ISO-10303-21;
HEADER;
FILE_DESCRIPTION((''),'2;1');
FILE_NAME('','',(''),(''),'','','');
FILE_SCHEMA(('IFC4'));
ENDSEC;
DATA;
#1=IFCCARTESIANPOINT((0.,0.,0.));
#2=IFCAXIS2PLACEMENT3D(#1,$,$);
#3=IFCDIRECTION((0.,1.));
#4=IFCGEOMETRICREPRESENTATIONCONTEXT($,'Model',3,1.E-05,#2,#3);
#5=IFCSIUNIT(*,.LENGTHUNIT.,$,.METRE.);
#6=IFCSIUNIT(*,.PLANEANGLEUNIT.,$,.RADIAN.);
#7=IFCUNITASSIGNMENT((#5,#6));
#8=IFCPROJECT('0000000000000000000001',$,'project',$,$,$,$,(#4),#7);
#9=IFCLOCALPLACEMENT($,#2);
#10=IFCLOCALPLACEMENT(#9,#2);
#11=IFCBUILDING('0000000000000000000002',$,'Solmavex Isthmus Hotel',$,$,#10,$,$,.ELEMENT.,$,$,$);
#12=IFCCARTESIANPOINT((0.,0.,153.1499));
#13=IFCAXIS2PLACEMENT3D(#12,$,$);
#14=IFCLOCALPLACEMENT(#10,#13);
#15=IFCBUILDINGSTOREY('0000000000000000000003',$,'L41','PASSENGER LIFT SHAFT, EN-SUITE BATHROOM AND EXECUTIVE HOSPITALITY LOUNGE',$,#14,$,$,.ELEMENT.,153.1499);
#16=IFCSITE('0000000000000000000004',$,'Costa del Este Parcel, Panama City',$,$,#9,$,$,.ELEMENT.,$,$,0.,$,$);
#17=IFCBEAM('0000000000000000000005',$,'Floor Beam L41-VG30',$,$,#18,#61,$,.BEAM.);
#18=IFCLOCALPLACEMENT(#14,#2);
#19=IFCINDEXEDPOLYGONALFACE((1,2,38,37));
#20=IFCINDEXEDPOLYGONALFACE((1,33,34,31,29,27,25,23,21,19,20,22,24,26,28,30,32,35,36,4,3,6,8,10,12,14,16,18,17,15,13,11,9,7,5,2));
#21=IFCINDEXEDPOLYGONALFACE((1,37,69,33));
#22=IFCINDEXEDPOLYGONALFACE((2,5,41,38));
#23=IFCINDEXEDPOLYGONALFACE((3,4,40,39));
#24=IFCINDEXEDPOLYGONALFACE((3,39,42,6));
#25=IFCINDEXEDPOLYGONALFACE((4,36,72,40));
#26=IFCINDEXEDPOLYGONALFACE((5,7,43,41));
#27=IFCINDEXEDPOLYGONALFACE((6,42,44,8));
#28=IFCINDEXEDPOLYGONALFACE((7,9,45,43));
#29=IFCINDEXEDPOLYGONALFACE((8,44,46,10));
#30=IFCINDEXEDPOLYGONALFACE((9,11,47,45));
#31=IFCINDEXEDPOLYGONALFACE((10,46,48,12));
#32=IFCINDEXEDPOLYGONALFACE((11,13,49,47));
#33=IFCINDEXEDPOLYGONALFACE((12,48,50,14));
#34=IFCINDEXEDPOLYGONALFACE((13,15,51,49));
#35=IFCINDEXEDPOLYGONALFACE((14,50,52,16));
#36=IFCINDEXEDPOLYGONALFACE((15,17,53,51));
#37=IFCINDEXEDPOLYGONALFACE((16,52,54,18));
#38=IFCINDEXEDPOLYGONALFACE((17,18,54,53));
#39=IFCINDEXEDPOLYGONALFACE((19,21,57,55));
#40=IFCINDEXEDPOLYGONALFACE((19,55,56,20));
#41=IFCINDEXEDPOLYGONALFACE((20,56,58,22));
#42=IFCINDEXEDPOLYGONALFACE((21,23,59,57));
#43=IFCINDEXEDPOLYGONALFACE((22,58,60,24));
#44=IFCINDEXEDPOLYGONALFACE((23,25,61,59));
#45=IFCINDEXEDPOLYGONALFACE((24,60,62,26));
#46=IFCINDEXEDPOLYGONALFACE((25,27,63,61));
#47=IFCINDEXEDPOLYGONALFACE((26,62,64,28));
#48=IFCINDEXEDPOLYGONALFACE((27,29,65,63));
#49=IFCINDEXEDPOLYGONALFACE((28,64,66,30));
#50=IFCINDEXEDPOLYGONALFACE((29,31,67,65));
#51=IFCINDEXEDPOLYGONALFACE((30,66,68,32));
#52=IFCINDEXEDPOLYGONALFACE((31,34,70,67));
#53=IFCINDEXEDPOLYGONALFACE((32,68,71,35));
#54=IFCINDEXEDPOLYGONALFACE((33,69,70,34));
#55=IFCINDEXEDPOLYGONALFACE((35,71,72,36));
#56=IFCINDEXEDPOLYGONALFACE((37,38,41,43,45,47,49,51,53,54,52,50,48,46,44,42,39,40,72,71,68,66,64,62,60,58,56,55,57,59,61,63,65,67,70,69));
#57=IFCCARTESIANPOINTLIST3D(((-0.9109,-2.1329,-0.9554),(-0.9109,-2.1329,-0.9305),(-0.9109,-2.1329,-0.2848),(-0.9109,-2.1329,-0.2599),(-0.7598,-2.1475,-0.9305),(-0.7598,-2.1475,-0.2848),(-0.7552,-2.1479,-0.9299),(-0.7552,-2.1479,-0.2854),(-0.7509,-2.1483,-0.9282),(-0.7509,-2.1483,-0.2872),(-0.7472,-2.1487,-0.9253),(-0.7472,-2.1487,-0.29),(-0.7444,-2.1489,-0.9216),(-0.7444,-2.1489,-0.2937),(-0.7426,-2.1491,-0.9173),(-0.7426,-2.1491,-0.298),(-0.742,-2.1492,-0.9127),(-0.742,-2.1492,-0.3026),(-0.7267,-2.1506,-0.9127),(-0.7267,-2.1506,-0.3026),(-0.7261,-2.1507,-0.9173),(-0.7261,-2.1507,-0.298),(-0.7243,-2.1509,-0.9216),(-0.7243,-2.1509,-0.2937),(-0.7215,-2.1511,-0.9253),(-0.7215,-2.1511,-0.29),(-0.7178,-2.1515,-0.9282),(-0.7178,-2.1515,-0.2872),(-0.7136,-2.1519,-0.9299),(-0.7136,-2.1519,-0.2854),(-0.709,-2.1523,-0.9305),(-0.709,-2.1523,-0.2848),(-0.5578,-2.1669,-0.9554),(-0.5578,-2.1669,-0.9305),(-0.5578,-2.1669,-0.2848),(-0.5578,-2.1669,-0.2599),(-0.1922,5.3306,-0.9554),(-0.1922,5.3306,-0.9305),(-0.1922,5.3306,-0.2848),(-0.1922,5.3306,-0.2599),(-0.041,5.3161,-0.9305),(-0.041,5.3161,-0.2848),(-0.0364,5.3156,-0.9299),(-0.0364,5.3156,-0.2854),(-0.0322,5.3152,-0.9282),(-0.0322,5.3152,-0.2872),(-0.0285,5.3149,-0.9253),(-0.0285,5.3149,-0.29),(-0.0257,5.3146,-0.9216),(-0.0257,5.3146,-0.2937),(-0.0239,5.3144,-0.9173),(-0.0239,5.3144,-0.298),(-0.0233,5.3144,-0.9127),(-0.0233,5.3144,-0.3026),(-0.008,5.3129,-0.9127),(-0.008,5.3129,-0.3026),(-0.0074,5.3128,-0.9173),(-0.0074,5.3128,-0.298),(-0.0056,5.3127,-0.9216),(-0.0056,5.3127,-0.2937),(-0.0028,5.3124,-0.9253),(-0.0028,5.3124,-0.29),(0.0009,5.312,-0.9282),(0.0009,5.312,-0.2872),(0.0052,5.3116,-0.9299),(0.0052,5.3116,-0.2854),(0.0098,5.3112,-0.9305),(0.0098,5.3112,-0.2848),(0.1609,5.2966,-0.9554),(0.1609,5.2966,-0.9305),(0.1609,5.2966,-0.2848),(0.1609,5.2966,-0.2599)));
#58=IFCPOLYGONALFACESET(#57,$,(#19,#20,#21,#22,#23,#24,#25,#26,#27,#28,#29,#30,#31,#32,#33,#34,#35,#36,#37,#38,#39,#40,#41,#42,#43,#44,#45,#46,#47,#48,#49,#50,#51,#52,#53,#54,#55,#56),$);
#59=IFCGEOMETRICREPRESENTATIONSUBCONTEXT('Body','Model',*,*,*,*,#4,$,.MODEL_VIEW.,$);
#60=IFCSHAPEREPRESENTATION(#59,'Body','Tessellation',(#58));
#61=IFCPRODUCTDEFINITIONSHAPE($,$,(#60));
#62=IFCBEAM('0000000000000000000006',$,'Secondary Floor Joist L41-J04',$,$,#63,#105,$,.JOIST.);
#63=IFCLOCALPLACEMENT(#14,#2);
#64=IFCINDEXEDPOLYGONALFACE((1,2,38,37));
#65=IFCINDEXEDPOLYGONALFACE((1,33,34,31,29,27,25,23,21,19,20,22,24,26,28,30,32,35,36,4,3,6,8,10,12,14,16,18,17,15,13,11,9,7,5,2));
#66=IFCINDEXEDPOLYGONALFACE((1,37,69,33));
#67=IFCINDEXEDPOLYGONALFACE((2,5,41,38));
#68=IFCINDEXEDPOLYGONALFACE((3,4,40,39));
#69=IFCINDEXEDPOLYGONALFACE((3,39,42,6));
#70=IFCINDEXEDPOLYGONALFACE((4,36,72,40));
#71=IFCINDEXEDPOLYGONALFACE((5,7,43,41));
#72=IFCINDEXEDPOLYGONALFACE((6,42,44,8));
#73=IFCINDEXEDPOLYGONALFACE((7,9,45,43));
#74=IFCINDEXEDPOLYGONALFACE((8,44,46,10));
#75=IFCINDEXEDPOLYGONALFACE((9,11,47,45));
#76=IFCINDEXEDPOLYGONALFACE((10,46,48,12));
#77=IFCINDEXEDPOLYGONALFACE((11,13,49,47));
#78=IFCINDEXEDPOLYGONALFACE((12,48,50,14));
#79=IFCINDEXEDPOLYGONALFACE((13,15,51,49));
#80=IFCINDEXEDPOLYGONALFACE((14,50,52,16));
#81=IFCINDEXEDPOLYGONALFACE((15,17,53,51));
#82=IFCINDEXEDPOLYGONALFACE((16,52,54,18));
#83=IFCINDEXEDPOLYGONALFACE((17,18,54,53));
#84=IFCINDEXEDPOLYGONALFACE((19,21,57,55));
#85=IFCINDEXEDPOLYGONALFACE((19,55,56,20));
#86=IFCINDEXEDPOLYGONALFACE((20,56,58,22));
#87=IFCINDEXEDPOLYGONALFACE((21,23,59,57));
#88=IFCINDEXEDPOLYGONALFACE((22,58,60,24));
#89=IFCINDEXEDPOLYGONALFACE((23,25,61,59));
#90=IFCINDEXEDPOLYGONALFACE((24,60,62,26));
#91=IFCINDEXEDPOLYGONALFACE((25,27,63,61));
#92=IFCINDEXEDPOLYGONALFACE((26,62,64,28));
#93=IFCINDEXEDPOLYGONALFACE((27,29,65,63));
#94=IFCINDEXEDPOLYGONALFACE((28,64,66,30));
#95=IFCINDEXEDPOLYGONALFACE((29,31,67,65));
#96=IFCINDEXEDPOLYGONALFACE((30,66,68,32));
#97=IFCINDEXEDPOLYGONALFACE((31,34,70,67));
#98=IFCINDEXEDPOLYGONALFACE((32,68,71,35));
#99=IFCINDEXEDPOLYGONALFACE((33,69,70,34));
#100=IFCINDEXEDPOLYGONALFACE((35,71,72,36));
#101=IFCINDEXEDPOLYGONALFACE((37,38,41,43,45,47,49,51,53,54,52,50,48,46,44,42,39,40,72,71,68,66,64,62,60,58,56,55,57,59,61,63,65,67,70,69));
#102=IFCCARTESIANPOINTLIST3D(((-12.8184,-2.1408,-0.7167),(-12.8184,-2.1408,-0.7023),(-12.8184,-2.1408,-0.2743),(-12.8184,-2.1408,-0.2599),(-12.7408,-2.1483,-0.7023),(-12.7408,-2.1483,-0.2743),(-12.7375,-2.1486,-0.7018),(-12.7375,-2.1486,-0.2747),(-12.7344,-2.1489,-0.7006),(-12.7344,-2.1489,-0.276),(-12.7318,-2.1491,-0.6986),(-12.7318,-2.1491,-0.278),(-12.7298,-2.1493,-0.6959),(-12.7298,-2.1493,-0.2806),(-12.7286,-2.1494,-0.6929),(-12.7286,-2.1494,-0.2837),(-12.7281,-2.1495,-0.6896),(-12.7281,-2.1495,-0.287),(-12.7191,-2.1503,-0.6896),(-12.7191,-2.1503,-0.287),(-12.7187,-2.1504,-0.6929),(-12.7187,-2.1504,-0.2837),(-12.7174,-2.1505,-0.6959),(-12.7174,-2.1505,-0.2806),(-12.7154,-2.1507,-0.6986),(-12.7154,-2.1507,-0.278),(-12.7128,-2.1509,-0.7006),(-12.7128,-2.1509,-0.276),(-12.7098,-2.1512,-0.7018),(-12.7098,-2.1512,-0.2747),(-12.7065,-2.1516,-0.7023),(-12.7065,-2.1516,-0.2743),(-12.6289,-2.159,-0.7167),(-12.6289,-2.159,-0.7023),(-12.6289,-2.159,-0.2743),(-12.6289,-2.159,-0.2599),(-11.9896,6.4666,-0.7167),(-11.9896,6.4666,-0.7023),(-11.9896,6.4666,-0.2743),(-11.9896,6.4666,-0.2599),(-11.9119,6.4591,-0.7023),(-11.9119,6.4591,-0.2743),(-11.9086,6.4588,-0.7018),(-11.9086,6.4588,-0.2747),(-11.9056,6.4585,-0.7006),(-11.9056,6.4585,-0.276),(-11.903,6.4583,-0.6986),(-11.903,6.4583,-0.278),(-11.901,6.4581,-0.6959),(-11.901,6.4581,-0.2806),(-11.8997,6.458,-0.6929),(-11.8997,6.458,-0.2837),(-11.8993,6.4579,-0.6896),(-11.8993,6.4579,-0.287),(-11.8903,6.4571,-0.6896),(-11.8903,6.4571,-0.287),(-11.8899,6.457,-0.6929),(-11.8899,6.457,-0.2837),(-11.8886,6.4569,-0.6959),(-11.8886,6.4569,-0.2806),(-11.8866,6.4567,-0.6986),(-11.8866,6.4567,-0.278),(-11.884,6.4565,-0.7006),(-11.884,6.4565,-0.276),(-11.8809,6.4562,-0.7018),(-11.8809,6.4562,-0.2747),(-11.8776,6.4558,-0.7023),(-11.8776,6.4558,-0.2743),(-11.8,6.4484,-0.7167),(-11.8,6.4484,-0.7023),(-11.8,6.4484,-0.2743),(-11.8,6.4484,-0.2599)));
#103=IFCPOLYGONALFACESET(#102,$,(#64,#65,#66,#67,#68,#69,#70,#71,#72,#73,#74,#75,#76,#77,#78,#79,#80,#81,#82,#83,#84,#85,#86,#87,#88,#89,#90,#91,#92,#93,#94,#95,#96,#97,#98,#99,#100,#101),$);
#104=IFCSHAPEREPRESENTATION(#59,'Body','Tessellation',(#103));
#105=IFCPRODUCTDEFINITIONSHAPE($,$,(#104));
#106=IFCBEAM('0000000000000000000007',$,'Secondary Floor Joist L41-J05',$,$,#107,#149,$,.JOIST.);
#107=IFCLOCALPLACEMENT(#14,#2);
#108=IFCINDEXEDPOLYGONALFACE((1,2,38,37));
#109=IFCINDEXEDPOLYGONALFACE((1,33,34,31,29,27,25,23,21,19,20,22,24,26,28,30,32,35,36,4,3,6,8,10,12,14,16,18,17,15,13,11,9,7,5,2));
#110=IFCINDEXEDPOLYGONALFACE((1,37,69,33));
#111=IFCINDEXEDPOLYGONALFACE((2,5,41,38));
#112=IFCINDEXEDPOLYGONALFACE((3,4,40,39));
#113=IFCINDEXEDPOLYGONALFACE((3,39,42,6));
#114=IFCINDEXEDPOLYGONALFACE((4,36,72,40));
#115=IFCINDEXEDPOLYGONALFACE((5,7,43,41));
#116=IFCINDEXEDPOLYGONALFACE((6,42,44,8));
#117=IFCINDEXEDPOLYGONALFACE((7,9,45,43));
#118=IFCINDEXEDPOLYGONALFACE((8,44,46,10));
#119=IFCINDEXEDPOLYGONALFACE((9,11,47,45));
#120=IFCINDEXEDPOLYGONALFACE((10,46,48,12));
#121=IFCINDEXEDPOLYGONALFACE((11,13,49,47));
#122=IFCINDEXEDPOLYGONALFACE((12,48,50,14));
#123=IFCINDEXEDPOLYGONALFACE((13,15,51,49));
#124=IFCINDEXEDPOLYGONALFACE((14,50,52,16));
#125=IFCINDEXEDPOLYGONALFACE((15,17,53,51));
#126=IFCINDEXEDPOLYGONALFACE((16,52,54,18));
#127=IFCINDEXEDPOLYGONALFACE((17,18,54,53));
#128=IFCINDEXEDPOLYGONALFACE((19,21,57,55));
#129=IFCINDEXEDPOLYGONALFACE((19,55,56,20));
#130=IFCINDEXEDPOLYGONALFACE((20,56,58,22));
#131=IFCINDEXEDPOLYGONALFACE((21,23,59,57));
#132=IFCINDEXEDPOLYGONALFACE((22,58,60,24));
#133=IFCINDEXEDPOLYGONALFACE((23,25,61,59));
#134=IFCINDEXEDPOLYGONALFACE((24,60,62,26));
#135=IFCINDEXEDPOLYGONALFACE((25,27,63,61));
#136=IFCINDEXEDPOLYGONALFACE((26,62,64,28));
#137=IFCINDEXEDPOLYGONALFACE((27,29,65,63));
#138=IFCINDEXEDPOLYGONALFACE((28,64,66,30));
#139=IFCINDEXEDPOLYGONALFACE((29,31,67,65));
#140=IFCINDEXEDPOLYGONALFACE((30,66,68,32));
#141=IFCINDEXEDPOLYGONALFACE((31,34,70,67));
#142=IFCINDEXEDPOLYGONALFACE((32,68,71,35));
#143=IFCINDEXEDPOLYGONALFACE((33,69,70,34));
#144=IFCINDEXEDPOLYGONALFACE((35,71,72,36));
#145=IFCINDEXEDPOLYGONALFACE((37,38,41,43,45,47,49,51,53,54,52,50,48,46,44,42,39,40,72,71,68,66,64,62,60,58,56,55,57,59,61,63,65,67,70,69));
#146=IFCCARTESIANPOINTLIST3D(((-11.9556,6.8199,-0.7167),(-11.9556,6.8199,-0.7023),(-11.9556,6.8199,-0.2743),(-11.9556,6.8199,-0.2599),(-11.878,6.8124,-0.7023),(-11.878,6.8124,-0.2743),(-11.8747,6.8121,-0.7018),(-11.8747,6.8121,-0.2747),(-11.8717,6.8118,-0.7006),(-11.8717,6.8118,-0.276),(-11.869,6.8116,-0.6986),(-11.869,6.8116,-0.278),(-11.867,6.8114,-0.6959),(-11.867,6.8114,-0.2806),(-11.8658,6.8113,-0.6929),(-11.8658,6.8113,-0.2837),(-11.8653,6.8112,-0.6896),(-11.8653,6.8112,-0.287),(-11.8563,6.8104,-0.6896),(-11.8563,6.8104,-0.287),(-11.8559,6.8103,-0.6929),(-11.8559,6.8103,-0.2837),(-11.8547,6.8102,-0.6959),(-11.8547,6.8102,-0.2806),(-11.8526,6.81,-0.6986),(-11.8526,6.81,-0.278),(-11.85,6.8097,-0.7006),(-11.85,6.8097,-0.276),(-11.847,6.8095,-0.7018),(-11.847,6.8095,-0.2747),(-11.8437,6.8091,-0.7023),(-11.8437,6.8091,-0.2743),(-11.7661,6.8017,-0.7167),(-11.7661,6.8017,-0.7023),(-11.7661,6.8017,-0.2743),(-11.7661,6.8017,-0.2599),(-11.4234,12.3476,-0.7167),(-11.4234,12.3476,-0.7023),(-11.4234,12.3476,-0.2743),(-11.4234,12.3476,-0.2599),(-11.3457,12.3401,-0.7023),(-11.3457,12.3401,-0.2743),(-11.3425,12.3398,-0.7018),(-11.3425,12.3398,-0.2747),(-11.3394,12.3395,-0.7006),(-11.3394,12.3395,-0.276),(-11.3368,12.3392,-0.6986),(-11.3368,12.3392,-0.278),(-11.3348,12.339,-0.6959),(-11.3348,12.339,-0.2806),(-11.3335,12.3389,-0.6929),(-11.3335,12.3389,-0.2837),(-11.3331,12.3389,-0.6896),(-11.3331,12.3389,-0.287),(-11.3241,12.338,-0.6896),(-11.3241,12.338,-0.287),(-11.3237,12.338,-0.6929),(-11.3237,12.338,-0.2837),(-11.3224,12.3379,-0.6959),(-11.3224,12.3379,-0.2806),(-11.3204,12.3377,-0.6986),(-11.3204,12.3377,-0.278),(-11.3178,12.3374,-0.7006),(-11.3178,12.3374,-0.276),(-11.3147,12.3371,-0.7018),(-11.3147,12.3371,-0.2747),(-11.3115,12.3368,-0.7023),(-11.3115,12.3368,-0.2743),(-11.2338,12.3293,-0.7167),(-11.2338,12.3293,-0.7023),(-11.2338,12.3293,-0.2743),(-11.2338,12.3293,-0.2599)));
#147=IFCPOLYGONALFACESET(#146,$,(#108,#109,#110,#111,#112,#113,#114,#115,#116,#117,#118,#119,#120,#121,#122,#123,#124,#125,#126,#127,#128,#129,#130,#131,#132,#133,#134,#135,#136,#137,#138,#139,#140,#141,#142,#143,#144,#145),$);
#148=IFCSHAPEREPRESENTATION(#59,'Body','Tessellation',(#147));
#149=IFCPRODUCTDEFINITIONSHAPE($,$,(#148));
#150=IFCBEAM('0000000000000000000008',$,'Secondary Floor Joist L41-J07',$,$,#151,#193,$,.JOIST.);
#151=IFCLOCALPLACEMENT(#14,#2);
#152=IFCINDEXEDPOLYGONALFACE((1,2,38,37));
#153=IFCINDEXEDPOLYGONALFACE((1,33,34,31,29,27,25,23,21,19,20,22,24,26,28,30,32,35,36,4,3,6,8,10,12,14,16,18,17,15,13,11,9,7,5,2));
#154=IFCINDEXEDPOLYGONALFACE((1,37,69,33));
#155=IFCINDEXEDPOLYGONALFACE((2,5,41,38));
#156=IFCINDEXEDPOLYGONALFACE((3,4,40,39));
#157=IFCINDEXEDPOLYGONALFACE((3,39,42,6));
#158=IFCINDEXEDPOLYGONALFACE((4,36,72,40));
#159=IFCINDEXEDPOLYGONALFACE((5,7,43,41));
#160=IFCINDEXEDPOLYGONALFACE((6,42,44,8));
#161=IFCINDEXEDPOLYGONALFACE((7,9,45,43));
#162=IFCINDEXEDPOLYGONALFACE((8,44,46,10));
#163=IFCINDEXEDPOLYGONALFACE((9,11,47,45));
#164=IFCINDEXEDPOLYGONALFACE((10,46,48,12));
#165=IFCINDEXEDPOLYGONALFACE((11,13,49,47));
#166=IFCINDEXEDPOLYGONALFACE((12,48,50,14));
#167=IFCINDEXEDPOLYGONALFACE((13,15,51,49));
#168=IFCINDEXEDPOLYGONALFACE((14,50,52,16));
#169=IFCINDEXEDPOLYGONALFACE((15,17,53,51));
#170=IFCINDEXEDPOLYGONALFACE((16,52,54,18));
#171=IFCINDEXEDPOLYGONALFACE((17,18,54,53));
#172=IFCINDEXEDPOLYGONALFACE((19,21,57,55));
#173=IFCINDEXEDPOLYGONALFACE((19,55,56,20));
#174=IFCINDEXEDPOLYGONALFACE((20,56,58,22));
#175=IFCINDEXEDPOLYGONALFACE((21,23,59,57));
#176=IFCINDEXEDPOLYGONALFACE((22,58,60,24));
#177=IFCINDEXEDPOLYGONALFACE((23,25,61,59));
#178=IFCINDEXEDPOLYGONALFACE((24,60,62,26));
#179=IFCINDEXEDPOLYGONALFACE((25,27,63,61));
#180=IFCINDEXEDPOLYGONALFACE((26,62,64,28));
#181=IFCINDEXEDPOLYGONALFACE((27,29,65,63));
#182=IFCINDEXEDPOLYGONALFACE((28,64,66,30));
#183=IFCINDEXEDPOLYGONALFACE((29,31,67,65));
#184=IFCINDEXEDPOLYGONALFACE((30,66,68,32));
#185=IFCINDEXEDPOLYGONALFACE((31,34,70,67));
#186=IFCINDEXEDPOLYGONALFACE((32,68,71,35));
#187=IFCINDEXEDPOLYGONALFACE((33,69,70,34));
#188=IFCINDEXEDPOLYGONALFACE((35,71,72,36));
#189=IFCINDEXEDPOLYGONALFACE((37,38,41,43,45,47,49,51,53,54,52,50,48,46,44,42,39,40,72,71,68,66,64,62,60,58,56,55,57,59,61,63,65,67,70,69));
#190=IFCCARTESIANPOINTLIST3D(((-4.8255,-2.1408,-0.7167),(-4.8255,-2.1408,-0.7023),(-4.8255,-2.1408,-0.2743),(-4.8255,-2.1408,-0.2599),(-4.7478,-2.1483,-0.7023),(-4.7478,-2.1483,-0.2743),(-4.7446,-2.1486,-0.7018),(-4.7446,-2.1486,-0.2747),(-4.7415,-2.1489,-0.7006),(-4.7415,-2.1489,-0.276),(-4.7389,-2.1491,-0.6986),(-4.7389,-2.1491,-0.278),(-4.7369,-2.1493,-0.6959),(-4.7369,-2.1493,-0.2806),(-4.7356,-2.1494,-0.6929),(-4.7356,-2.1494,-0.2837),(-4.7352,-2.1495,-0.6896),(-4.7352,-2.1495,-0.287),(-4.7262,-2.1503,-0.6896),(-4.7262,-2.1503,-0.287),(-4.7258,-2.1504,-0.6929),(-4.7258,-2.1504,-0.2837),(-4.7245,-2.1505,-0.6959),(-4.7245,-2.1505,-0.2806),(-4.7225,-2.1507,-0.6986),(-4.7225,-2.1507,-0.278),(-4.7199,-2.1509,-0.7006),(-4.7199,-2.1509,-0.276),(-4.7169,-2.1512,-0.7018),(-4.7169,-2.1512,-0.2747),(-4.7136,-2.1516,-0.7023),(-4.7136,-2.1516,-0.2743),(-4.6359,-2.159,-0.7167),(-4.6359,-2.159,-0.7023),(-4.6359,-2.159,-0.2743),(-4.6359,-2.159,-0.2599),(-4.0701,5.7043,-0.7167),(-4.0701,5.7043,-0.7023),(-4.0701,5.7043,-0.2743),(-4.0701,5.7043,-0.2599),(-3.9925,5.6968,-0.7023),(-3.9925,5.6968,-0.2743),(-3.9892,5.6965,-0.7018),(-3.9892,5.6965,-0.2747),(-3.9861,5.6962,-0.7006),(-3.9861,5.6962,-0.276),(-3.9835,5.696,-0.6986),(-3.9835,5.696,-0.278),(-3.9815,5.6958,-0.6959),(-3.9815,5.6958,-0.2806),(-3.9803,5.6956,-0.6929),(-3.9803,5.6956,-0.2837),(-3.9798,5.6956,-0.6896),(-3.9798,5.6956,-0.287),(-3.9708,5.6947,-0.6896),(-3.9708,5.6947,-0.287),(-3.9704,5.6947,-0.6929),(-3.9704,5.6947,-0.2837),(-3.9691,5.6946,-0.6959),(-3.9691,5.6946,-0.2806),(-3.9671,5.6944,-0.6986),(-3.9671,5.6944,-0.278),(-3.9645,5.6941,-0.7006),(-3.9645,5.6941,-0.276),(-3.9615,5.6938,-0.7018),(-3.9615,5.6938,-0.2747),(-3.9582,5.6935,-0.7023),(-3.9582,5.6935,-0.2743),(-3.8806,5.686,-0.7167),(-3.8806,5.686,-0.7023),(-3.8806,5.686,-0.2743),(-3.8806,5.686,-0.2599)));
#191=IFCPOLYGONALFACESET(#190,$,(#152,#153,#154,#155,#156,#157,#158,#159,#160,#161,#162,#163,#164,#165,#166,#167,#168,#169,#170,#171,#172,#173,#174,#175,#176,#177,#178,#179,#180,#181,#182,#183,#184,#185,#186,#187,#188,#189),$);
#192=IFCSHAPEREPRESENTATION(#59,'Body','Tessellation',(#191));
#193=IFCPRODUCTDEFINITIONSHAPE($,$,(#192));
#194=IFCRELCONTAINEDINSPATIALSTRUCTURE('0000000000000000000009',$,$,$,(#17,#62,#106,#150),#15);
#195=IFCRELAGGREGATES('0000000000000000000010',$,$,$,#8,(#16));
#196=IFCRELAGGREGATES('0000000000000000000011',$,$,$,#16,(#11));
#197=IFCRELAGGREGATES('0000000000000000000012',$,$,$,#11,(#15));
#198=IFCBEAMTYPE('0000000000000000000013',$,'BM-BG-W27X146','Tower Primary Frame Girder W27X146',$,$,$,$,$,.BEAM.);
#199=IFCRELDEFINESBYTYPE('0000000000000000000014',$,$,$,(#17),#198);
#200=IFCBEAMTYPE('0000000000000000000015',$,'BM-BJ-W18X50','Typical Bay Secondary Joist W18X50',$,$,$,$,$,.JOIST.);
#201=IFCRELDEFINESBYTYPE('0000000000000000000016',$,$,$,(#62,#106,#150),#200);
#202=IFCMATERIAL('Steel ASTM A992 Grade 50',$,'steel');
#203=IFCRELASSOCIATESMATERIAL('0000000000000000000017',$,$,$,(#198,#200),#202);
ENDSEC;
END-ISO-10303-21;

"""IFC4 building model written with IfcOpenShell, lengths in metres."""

from ifc_helpers import new_model, si_unit, direction, frame, origin, origin_2d, place, context, subcontext, project, spatial, i_section, extrude, material, material_profile, profile_set, type_object, element, save


model = new_model("IFC4")

# Units and contexts
model_context = context("Model", 3, precision=1e-05, world=origin(), true_north=direction((0.0, 1.0)))
body_context = subcontext(model_context, "Body", "Model", "MODEL_VIEW")
ifc_project = project(units=[si_unit("LENGTHUNIT", "METRE"), si_unit("PLANEANGLEUNIT", "RADIAN")], contexts=[model_context])

# Site, building, storey
site_placement = place(None, origin())
site = spatial("IfcSite", under=ifc_project, at=site_placement, Name="Costa del Este Parcel, Panama City", CompositionType="ELEMENT", RefElevation=0.0)
building_placement = place(site_placement, origin())
building = spatial("IfcBuilding", under=site, at=building_placement, Name="Solmavex Isthmus Hotel", CompositionType="ELEMENT")
storey_placement = place(building_placement, frame((0.0, 0.0, 153.1499)))
storey = spatial("IfcBuildingStorey", under=building, at=storey_placement, Name="L41", Description="PASSENGER LIFT SHAFT, EN-SUITE BATHROOM AND EXECUTIVE HOSPITALITY LOUNGE", CompositionType="ELEMENT", Elevation=153.1499)

# Beams
ifc_material_1 = material(Name="Steel ASTM A992 Grade 50", Category="steel")
ifc_material_profile_1 = material_profile(ifc_material_1, i_section(OverallWidth=0.3547, OverallDepth=0.6956, WebThickness=0.0154, FlangeThickness=0.0249, FilletRadius=0.0178, at=origin_2d()), Name="W27X146")
ifc_profile_set_1 = profile_set([ifc_material_profile_1], Name="Steel ASTM A992 Grade 50")
beam_type_1 = type_object("IfcBeamType", Name="BM-BG-W27X146", Description="Tower Primary Frame Girder W27X146", PredefinedType="BEAM", material=ifc_profile_set_1)
beam_1_placement = place(storey_placement, frame((-0.7344, -2.1499, -0.6077), z_axis=(0.095857, 0.995395, 0.0), x_axis=(-0.995395, 0.095857, 0.0)))
element("IfcBeam", 1, at=beam_1_placement, inside=storey, type_object=beam_type_1, Name="Floor Beam L41-VG30", PredefinedType="BEAM", context=body_context, shape_type="SweptSolid", body=[
    extrude(i_section(OverallWidth=0.3547, OverallDepth=0.6956, WebThickness=0.0154, FlangeThickness=0.0249, FilletRadius=0.0178, at=origin_2d()), origin(), (0.0, 0.0, 1.0), 7.498),
])
ifc_material_profile_2 = material_profile(ifc_material_1, i_section(OverallWidth=0.1904, OverallDepth=0.4568, WebThickness=0.009, FlangeThickness=0.0144, FilletRadius=0.0127, at=origin_2d()), Name="W18X50")
ifc_profile_set_2 = profile_set([ifc_material_profile_2], Name="Steel ASTM A992 Grade 50")
beam_type_2 = type_object("IfcBeamType", Name="BM-BJ-W18X50", Description="Typical Bay Secondary Joist W18X50", PredefinedType="JOIST", material=ifc_profile_set_2)
beam_2_placement = place(storey_placement, frame((-12.7236, -2.1499, -0.4883), z_axis=(0.095852, 0.995396, 0.0), x_axis=(-0.995396, 0.095852, 0.0)))
element("IfcBeam", 2, at=beam_2_placement, inside=storey, type_object=beam_type_2, Name="Secondary Floor Joist L41-J04", PredefinedType="JOIST", context=body_context, shape_type="SweptSolid", body=[
    extrude(i_section(OverallWidth=0.1904, OverallDepth=0.4568, WebThickness=0.009, FlangeThickness=0.0144, FilletRadius=0.0127, at=origin_2d()), origin(), (0.0, 0.0, 1.0), 8.6472),
])
beam_3_placement = place(storey_placement, frame((-11.8608, 6.8108, -0.4883), z_axis=(0.095842, 0.995397, 0.0), x_axis=(-0.995397, 0.095842, 0.0)))
element("IfcBeam", 3, at=beam_3_placement, inside=storey, type_object=beam_type_2, Name="Secondary Floor Joist L41-J05", PredefinedType="JOIST", context=body_context, shape_type="SweptSolid", body=[
    extrude(i_section(OverallWidth=0.1904, OverallDepth=0.4568, WebThickness=0.009, FlangeThickness=0.0144, FilletRadius=0.0127, at=origin_2d()), origin(), (0.0, 0.0, 1.0), 5.5532),
])
beam_4_placement = place(storey_placement, frame((-4.7307, -2.1499, -0.4883), z_axis=(0.095844, 0.995396, 0.0), x_axis=(-0.995396, 0.095844, 0.0)))
element("IfcBeam", 4, at=beam_4_placement, inside=storey, type_object=beam_type_2, Name="Secondary Floor Joist L41-J07", PredefinedType="JOIST", context=body_context, shape_type="SweptSolid", body=[
    extrude(i_section(OverallWidth=0.1904, OverallDepth=0.4568, WebThickness=0.009, FlangeThickness=0.0144, FilletRadius=0.0127, at=origin_2d()), origin(), (0.0, 0.0, 1.0), 7.8813),
])

save(model, "model.ifc")
